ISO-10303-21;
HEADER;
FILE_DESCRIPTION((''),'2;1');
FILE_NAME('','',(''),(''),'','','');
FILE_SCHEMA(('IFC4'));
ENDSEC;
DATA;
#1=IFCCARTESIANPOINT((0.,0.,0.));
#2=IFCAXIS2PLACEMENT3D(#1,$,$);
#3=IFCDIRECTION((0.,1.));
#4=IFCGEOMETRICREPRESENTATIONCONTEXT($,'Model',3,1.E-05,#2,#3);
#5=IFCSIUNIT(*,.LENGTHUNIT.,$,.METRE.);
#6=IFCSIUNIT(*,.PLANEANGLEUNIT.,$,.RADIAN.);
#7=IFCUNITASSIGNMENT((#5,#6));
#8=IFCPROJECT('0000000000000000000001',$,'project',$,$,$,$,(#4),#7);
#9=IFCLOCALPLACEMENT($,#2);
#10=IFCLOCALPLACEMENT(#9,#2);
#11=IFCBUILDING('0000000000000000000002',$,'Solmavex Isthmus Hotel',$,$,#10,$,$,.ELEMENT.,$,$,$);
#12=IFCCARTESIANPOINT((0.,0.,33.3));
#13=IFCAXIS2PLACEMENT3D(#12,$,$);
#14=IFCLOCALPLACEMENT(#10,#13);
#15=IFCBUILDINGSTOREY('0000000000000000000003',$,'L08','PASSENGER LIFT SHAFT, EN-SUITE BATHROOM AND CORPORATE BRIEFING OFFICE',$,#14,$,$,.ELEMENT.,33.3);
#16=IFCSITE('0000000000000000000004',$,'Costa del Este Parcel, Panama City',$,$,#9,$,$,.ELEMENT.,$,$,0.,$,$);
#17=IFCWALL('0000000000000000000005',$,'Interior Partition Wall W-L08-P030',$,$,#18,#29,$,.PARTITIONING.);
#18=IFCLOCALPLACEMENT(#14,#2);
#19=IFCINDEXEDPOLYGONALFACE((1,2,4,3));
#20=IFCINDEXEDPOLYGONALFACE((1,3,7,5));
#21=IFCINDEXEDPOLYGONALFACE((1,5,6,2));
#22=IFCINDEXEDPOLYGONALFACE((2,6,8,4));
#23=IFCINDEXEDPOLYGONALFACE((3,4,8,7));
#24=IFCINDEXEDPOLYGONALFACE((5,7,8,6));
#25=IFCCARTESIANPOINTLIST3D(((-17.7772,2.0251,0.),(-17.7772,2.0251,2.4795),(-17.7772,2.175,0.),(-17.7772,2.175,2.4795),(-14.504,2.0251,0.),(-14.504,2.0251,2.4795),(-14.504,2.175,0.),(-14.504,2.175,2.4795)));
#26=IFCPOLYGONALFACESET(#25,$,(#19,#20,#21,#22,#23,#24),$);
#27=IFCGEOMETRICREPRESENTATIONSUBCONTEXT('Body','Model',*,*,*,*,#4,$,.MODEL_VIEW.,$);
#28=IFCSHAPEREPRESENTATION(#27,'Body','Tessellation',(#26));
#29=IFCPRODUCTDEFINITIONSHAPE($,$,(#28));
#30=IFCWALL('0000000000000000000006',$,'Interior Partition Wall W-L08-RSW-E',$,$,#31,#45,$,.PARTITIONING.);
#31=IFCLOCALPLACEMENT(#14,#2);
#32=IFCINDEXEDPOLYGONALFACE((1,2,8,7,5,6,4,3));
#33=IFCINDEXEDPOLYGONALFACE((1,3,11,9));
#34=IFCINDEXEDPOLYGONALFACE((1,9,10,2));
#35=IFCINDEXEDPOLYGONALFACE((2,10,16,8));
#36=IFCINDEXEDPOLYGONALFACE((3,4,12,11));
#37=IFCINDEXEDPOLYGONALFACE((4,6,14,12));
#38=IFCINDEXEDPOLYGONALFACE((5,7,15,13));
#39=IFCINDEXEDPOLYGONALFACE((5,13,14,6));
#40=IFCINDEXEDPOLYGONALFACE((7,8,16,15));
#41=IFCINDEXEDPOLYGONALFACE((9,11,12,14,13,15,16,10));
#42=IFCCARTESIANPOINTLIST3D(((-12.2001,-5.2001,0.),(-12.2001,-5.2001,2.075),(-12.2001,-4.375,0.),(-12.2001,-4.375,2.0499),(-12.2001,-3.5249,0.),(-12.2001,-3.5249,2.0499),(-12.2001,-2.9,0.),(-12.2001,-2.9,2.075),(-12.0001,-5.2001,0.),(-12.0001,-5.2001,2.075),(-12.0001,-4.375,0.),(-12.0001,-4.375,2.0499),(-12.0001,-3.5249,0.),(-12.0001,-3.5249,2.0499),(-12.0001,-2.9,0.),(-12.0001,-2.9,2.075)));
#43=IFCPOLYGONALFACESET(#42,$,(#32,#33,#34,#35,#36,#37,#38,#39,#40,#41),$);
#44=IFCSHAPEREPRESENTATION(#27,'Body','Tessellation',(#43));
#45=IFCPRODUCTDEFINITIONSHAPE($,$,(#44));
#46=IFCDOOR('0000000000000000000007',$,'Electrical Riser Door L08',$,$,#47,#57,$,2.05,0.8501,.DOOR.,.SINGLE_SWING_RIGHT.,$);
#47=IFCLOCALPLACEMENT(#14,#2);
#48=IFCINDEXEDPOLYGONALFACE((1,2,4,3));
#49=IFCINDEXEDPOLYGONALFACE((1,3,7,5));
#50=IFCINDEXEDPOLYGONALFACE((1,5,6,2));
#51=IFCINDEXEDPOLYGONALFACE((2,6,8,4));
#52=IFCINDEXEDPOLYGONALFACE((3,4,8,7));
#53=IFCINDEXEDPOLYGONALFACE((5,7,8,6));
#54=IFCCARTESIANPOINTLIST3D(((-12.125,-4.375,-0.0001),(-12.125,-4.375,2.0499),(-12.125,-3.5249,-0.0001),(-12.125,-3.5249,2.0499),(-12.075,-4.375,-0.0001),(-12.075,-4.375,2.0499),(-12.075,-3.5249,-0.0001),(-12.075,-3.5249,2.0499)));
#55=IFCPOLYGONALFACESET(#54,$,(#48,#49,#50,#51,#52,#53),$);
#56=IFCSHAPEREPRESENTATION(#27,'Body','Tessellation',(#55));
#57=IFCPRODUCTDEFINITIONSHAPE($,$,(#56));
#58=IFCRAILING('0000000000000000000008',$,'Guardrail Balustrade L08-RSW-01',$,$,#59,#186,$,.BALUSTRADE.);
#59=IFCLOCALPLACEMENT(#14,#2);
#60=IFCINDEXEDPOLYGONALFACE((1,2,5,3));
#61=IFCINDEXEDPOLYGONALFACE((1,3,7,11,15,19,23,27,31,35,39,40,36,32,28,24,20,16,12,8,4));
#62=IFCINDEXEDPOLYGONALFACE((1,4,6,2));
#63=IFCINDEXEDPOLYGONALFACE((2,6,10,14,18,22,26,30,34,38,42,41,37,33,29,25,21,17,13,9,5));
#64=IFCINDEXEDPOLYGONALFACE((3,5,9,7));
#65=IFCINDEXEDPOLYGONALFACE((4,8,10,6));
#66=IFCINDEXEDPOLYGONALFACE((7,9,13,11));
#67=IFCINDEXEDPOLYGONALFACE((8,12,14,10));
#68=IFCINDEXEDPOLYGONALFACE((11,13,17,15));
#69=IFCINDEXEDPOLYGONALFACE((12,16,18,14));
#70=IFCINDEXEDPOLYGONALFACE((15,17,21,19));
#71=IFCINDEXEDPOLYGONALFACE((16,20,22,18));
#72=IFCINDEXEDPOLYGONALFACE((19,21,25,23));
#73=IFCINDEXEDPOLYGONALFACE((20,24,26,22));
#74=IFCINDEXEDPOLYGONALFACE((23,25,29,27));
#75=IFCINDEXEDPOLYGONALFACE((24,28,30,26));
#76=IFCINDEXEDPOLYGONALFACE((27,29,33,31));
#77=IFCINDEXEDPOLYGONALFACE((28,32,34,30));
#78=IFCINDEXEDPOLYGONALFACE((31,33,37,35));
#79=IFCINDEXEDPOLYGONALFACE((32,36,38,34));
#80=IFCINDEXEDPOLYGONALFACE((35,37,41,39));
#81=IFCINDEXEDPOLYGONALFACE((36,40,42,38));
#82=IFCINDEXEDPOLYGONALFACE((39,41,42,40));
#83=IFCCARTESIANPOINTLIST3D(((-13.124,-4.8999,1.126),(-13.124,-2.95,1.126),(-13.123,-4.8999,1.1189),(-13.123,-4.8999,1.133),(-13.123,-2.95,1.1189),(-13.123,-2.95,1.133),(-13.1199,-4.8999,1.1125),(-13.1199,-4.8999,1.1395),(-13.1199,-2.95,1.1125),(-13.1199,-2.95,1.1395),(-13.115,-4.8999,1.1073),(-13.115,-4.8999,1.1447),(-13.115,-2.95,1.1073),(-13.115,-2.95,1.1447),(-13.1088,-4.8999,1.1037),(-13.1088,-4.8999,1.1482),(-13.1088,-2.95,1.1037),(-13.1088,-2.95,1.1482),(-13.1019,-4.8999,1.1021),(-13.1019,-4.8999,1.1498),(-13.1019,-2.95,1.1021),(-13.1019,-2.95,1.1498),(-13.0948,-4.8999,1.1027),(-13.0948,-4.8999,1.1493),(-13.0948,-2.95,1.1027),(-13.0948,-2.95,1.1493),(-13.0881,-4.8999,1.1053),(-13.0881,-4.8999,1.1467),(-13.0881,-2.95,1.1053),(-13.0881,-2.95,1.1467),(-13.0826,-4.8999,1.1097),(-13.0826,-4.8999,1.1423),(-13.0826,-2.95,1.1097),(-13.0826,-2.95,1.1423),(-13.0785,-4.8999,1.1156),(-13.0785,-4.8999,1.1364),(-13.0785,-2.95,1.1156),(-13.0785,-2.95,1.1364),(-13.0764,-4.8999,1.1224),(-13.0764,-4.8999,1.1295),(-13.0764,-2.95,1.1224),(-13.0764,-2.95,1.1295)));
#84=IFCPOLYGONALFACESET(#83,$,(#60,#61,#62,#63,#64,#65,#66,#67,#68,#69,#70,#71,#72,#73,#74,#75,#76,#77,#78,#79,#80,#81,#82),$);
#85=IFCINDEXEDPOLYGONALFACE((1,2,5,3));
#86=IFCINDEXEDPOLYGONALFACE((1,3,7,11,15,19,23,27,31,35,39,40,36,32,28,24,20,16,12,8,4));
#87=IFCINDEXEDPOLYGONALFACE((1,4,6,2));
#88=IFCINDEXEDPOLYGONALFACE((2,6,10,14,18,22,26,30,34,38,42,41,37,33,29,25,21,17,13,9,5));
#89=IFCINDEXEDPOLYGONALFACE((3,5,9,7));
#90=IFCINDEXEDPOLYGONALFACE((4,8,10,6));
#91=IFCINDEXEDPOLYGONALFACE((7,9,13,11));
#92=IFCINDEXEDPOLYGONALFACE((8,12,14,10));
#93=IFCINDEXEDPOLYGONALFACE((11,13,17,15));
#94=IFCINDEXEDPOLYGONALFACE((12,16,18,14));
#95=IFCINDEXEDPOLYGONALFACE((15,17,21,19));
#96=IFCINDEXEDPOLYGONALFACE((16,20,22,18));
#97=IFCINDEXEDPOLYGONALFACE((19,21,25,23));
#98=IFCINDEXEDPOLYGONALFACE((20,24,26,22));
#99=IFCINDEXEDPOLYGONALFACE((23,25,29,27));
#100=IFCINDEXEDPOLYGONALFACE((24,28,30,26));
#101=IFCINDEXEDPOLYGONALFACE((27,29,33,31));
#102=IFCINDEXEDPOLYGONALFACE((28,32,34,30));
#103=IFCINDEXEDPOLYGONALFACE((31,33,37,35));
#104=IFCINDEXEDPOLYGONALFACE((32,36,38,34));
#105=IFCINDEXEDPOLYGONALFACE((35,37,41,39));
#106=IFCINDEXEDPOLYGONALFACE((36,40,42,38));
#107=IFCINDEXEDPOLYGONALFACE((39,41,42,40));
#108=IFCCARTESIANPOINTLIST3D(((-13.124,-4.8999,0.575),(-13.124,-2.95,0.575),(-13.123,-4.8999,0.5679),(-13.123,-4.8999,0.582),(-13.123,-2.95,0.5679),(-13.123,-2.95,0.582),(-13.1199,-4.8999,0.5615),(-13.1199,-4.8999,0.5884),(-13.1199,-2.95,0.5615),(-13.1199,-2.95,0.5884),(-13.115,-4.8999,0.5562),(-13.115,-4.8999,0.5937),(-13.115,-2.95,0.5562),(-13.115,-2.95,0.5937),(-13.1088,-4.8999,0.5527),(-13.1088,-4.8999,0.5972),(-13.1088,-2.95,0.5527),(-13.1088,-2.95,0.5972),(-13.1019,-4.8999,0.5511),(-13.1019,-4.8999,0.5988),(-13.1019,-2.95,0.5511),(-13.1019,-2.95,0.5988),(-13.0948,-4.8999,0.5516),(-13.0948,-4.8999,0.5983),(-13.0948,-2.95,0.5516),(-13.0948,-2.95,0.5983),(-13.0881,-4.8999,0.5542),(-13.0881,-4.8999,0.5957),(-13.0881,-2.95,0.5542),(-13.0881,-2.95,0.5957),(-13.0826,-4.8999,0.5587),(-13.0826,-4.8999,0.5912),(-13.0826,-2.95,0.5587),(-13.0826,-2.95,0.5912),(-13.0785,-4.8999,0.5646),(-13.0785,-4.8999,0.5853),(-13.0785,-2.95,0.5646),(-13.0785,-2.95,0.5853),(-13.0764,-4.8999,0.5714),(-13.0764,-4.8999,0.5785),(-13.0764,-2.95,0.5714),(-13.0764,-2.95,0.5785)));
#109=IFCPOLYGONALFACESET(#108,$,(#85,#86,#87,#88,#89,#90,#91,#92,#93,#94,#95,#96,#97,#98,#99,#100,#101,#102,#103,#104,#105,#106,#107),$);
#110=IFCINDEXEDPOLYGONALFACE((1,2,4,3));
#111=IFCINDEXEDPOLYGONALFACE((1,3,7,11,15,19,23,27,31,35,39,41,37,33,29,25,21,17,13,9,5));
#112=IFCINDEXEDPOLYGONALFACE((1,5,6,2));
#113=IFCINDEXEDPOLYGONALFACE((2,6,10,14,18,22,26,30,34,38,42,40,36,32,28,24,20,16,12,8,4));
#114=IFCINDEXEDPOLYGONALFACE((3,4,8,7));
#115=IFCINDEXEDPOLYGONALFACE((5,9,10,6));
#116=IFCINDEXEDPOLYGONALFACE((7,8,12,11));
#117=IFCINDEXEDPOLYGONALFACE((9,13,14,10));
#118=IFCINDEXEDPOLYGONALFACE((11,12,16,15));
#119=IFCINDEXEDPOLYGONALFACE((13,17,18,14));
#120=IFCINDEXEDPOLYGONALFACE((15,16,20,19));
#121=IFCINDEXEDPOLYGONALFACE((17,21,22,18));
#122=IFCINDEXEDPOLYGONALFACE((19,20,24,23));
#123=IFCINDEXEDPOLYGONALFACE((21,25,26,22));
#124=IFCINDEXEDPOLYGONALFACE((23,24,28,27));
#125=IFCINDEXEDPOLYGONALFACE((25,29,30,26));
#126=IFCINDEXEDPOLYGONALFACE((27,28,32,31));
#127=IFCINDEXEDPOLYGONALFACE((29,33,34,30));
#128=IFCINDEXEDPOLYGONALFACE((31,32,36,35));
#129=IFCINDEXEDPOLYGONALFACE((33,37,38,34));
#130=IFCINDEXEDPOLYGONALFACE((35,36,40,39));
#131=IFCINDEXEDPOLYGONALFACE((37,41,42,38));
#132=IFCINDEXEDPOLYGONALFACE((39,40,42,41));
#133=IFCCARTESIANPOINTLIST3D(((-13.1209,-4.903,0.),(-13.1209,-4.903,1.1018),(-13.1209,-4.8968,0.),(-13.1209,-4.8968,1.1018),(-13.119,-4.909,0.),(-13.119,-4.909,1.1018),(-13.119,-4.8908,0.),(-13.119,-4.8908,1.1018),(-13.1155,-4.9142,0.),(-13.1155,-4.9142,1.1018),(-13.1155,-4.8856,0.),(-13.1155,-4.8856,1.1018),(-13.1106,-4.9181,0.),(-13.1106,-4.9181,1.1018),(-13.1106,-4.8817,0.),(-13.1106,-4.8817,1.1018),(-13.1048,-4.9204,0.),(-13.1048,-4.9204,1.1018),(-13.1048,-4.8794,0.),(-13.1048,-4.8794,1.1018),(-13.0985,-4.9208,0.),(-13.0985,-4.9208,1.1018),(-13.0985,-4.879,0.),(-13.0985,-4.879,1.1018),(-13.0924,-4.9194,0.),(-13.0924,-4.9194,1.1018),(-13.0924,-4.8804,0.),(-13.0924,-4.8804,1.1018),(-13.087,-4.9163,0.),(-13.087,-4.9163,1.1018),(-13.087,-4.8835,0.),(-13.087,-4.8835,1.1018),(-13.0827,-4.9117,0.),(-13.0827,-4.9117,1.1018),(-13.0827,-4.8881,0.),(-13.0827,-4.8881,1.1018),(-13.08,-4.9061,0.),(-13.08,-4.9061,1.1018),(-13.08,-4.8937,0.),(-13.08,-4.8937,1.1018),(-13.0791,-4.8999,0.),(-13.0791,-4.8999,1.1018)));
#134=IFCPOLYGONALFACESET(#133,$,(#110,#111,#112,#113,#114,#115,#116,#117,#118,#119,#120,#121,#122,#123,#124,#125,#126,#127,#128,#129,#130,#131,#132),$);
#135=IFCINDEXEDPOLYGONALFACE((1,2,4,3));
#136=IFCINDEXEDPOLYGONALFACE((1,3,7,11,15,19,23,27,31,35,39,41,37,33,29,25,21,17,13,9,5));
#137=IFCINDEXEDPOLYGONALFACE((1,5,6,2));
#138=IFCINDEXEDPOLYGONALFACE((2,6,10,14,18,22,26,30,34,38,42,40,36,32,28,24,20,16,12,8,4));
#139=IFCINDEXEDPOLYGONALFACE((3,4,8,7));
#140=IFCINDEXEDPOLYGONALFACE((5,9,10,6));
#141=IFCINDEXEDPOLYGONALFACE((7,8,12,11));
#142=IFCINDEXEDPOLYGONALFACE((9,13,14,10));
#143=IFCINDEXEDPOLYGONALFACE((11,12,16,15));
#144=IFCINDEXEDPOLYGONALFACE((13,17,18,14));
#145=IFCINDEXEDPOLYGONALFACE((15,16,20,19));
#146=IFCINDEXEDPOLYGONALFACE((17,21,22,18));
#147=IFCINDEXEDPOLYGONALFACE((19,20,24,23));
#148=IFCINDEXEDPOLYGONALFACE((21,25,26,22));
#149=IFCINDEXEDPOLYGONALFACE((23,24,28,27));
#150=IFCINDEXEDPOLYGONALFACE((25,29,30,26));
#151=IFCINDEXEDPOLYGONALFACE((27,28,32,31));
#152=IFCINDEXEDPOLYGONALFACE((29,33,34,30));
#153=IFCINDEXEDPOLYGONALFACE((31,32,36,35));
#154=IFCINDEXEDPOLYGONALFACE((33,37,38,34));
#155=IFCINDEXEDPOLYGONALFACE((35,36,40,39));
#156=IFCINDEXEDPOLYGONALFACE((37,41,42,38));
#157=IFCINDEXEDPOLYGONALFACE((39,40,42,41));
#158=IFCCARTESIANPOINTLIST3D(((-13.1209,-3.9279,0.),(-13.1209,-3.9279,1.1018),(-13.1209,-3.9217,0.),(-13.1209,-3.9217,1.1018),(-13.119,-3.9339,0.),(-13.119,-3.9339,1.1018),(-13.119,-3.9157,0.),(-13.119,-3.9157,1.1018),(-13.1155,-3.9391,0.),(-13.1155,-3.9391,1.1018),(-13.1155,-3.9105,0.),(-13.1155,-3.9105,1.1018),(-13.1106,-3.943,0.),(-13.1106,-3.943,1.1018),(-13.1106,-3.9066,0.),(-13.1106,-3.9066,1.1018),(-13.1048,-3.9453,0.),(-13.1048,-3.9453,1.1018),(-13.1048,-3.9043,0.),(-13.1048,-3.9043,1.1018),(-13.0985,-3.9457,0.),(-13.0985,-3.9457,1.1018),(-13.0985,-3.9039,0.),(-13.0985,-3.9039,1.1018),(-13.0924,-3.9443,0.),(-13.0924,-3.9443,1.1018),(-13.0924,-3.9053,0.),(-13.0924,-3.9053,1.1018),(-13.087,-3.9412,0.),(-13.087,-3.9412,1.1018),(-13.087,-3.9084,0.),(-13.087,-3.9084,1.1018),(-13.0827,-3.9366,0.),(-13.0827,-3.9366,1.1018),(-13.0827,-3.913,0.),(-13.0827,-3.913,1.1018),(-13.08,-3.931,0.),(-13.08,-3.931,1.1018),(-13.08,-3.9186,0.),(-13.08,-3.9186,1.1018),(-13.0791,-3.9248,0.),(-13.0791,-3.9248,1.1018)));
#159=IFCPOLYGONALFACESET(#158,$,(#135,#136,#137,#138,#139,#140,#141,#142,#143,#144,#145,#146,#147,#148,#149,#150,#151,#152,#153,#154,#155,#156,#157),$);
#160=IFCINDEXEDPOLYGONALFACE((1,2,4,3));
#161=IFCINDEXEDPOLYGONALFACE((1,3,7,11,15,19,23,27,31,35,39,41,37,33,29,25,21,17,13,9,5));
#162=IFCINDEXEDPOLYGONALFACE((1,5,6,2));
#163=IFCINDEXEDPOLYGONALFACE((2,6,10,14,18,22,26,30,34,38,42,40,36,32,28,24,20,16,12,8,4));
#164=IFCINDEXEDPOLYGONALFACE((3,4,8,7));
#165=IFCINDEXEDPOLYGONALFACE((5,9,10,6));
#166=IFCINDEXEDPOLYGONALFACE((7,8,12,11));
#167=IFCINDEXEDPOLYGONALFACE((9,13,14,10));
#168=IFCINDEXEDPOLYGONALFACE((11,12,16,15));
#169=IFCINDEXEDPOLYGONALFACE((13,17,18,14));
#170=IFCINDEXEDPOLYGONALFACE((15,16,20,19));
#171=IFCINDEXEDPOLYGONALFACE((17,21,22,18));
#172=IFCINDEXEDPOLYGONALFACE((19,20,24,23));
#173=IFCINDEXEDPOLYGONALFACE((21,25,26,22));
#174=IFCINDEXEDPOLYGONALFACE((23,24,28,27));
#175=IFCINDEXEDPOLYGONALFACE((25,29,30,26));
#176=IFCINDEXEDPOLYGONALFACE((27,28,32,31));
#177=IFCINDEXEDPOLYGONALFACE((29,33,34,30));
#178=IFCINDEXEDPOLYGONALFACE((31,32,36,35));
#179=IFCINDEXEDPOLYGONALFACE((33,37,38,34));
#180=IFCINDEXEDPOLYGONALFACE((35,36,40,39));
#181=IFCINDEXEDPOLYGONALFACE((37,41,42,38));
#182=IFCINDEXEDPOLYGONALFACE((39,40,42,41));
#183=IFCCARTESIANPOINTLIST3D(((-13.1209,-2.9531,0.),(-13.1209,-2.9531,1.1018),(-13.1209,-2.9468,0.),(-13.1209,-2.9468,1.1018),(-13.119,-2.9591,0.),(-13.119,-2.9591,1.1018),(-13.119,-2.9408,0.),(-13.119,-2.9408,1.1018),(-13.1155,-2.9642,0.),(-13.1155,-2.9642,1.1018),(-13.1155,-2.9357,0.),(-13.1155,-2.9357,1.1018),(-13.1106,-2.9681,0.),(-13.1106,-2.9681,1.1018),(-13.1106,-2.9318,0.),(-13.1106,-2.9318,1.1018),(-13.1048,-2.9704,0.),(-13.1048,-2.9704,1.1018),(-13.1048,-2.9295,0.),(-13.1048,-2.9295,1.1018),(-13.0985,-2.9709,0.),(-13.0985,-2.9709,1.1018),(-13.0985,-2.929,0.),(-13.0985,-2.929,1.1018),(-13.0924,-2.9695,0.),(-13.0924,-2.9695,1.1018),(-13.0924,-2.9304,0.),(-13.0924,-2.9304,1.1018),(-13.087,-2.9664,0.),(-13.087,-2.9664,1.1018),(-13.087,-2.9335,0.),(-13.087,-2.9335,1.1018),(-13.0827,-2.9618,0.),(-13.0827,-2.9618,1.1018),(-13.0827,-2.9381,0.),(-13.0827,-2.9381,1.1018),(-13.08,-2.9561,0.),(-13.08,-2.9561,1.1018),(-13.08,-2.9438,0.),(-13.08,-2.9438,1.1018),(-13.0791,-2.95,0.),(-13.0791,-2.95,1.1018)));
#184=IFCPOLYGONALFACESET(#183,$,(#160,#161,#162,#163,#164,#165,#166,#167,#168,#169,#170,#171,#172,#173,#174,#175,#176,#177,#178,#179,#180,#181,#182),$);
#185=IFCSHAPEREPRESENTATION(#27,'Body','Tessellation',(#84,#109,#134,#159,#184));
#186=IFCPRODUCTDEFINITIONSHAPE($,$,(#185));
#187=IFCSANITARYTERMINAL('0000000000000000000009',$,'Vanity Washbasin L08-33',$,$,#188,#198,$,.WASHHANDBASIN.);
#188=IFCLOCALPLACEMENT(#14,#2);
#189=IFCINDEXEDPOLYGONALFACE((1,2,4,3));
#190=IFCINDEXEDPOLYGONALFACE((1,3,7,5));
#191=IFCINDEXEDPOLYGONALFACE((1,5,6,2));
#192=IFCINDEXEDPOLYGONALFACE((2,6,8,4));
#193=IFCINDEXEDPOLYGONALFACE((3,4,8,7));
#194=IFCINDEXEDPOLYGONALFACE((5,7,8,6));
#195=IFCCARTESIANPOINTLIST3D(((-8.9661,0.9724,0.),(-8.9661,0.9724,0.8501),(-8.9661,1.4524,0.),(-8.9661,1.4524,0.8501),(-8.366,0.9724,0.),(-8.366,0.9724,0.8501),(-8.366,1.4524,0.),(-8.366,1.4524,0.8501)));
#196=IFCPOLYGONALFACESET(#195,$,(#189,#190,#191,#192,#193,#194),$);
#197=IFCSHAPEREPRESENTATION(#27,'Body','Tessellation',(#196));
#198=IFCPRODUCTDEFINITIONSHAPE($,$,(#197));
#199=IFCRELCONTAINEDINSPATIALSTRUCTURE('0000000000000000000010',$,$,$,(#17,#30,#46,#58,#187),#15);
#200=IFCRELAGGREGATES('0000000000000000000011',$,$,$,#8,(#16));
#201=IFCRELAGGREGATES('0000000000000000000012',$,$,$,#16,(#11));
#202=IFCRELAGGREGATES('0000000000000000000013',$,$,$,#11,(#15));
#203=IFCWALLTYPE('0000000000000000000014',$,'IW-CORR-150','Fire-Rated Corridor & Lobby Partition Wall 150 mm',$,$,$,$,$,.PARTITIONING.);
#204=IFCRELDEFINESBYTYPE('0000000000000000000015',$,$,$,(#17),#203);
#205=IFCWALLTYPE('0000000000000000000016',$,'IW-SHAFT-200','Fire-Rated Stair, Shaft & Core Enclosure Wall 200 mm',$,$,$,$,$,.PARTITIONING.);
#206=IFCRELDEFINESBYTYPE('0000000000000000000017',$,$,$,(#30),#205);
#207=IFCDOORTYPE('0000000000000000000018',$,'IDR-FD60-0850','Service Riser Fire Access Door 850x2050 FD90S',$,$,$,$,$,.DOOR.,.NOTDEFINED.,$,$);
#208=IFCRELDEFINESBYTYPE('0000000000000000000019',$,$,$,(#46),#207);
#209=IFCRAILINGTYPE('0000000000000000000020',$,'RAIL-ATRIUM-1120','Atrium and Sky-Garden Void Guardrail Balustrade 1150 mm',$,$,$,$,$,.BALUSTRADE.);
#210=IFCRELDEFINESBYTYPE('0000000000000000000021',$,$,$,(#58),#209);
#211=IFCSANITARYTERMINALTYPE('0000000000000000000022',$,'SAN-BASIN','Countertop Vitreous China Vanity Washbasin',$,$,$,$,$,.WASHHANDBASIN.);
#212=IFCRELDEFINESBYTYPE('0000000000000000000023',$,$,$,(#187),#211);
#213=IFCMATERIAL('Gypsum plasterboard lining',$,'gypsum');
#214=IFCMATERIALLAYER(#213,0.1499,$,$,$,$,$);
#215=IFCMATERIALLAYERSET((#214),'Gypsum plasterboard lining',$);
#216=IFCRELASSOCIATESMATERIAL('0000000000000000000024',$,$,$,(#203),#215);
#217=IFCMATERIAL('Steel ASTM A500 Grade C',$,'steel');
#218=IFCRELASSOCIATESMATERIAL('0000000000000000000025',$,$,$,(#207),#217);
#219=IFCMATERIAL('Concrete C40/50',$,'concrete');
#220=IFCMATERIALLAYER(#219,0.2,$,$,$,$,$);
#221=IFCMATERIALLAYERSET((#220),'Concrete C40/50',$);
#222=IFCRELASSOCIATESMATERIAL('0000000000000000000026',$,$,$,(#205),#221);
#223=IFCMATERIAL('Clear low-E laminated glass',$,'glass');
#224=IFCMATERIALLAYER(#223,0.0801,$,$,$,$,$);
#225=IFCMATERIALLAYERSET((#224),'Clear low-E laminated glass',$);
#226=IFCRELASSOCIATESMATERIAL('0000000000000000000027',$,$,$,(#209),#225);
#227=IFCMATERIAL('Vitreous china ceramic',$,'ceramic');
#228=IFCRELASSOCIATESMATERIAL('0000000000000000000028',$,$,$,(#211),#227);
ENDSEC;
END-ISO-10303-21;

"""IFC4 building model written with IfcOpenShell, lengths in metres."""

from ifc_helpers import new_model, si_unit, direction, frame, frame_2d, origin, origin_2d, place, context, subcontext, project, spatial, rectangle, circle, extrude, material, layer, layer_set, type_object, element, fill, save


model = new_model("IFC4")

# Units and contexts
model_context = context("Model", 3, precision=1e-05, world=origin(), true_north=direction((0.0, 1.0)))
body_context = subcontext(model_context, "Body", "Model", "MODEL_VIEW")
ifc_project = project(units=[si_unit("LENGTHUNIT", "METRE"), si_unit("PLANEANGLEUNIT", "RADIAN")], contexts=[model_context])

# Site, building, storey
site_placement = place(None, origin())
site = spatial("IfcSite", under=ifc_project, at=site_placement, Name="Costa del Este Parcel, Panama City", CompositionType="ELEMENT", RefElevation=0.0)
building_placement = place(site_placement, origin())
building = spatial("IfcBuilding", under=site, at=building_placement, Name="Solmavex Isthmus Hotel", CompositionType="ELEMENT")
storey_placement = place(building_placement, frame((0.0, 0.0, 33.3)))
storey = spatial("IfcBuildingStorey", under=building, at=storey_placement, Name="L08", Description="PASSENGER LIFT SHAFT, EN-SUITE BATHROOM AND CORPORATE BRIEFING OFFICE", CompositionType="ELEMENT", Elevation=33.3)

# Shared definitions
ifc_material_1 = material(Name="Gypsum plasterboard lining", Category="gypsum")
ifc_layer_1 = layer(ifc_material_1, 0.1499)
ifc_layer_set_1 = layer_set([ifc_layer_1], Name="Gypsum plasterboard lining")
wall_type_1 = type_object("IfcWallType", Name="IW-CORR-150", Description="Fire-Rated Corridor & Lobby Partition Wall 150 mm", PredefinedType="PARTITIONING", material=ifc_layer_set_1)

# Shared definitions
ifc_material_2 = material(Name="Steel ASTM A500 Grade C", Category="steel")
door_type_1 = type_object("IfcDoorType", Name="IDR-FD60-0850", Description="Service Riser Fire Access Door 850x2050 FD90S", OperationType="NOTDEFINED", PredefinedType="DOOR", material=ifc_material_2)

# Wall
wall_1_placement = place(storey_placement, frame((-14.5039, 2.1001, 0.0), z_axis=(0.0, 0.0, 1.0), x_axis=(-1.0, 0.0, 0.0)))
element("IfcWall", 1, at=wall_1_placement, inside=storey, type_object=wall_type_1, Name="Interior Partition Wall W-L08-P030", PredefinedType="PARTITIONING", context=body_context, shape_type="SweptSolid", body=[
    extrude(rectangle(XDim=3.2732, YDim=0.1499, at=frame_2d((1.6367, 0.0))), origin(), (0.0, 0.0, 1.0), 2.4795),
])

# Wall, opening, door
ifc_material_3 = material(Name="Concrete C40/50", Category="concrete")
ifc_layer_2 = layer(ifc_material_3, 0.2)
ifc_layer_set_2 = layer_set([ifc_layer_2], Name="Concrete C40/50")
wall_type_2 = type_object("IfcWallType", Name="IW-SHAFT-200", Description="Fire-Rated Stair, Shaft & Core Enclosure Wall 200 mm", PredefinedType="PARTITIONING", material=ifc_layer_set_2)
wall_2_placement = place(storey_placement, frame((-12.1001, -5.2, 0.0), z_axis=(0.0, 0.0, 1.0), x_axis=(0.0, 1.0, 0.0)))
wall_2 = element("IfcWall", 2, at=wall_2_placement, inside=storey, type_object=wall_type_2, Name="Interior Partition Wall W-L08-RSW-E", PredefinedType="PARTITIONING", context=body_context, shape_type="SweptSolid", body=[
    extrude(rectangle(XDim=2.3, YDim=0.2, at=frame_2d((1.1499, 0.0))), origin(), (0.0, 0.0, 1.0), 2.075),
])
opening_1_placement = place(wall_2_placement, frame((0.825, 0.0, 0.0)))
opening_1 = element("IfcOpeningElement", 3, at=opening_1_placement, cuts=wall_2, PredefinedType="OPENING", context=body_context, shape_type="SweptSolid", body=[
    extrude(rectangle(XDim=0.8501, YDim=2.05, at=frame_2d((0.425, 1.0249))), frame((0.0, 0.1099, 0.0), z_axis=(0.0, -1.0, 0.0), x_axis=(1.0, 0.0, 0.0)), (0.0, 0.0, 1.0), 0.22),
])
door_1_placement = place(opening_1_placement, origin())
door_1 = element("IfcDoor", 4, at=door_1_placement, inside=storey, type_object=door_type_1, Name="Electrical Riser Door L08", OperationType="SINGLE_SWING_RIGHT", OverallHeight=2.05, OverallWidth=0.8501, PredefinedType="DOOR", context=body_context, shape_type="SweptSolid", body=[
    extrude(rectangle(XDim=0.8501, YDim=2.05, at=frame_2d((0.425, 1.0249))), frame((0.0, 0.0249, 0.0), z_axis=(0.0, -1.0, 0.0), x_axis=(1.0, 0.0, 0.0)), (0.0, 0.0, 1.0), 0.05),
])
fill(opening_1, door_1)

# Railing
ifc_material_4 = material(Name="Clear low-E laminated glass", Category="glass")
ifc_layer_3 = layer(ifc_material_4, 0.0801)
ifc_layer_set_3 = layer_set([ifc_layer_3], Name="Clear low-E laminated glass")
railing_type = type_object("IfcRailingType", Name="RAIL-ATRIUM-1120", Description="Atrium and Sky-Garden Void Guardrail Balustrade 1150 mm", PredefinedType="BALUSTRADE", material=ifc_layer_set_3)
railing_placement = place(storey_placement, frame((-13.1001, -4.8999, 0.0)))
element("IfcRailing", 5, at=railing_placement, inside=storey, type_object=railing_type, Name="Guardrail Balustrade L08-RSW-01", PredefinedType="BALUSTRADE", context=body_context, shape_type="SweptSolid", body=[
    extrude(circle(Radius=0.0239, at=origin_2d()), frame((0.0, 0.0, 1.126), z_axis=(0.0, 1.0, 0.0), x_axis=(-1.0, 0.0, 0.0)), (0.0, 0.0, 1.0), 1.95),
    extrude(circle(Radius=0.0239, at=origin_2d()), frame((0.0, 0.0, 0.575), z_axis=(0.0, 1.0, 0.0), x_axis=(-1.0, 0.0, 0.0)), (0.0, 0.0, 1.0), 1.95),
    extrude(circle(Radius=0.021, at=origin_2d()), origin(), (0.0, 0.0, 1.0), 1.1018),
    extrude(circle(Radius=0.021, at=origin_2d()), frame((0.0, 0.9751, 0.0)), (0.0, 0.0, 1.0), 1.1018),
    extrude(circle(Radius=0.021, at=origin_2d()), frame((0.0, 1.95, 0.0)), (0.0, 0.0, 1.0), 1.1018),
])

# Sanitary terminal
ifc_material_5 = material(Name="Vitreous china ceramic", Category="ceramic")
sanitary_terminal_type_1 = type_object("IfcSanitaryTerminalType", Name="SAN-BASIN", Description="Countertop Vitreous China Vanity Washbasin", PredefinedType="WASHHANDBASIN", material=ifc_material_5)
sanitary_terminal_1_placement = place(storey_placement, frame((-8.666, 1.2124, 0.0), z_axis=(0.0, 0.0, 1.0), x_axis=(1.0, 0.0, 0.0)))
element("IfcSanitaryTerminal", 6, at=sanitary_terminal_1_placement, inside=storey, type_object=sanitary_terminal_type_1, Name="Vanity Washbasin L08-33", PredefinedType="WASHHANDBASIN", context=body_context, shape_type="SweptSolid", body=[
    extrude(rectangle(XDim=0.6001, YDim=0.48, at=origin_2d()), origin(), (0.0, 0.0, 1.0), 0.8501),
])

save(model, "model.ifc")
